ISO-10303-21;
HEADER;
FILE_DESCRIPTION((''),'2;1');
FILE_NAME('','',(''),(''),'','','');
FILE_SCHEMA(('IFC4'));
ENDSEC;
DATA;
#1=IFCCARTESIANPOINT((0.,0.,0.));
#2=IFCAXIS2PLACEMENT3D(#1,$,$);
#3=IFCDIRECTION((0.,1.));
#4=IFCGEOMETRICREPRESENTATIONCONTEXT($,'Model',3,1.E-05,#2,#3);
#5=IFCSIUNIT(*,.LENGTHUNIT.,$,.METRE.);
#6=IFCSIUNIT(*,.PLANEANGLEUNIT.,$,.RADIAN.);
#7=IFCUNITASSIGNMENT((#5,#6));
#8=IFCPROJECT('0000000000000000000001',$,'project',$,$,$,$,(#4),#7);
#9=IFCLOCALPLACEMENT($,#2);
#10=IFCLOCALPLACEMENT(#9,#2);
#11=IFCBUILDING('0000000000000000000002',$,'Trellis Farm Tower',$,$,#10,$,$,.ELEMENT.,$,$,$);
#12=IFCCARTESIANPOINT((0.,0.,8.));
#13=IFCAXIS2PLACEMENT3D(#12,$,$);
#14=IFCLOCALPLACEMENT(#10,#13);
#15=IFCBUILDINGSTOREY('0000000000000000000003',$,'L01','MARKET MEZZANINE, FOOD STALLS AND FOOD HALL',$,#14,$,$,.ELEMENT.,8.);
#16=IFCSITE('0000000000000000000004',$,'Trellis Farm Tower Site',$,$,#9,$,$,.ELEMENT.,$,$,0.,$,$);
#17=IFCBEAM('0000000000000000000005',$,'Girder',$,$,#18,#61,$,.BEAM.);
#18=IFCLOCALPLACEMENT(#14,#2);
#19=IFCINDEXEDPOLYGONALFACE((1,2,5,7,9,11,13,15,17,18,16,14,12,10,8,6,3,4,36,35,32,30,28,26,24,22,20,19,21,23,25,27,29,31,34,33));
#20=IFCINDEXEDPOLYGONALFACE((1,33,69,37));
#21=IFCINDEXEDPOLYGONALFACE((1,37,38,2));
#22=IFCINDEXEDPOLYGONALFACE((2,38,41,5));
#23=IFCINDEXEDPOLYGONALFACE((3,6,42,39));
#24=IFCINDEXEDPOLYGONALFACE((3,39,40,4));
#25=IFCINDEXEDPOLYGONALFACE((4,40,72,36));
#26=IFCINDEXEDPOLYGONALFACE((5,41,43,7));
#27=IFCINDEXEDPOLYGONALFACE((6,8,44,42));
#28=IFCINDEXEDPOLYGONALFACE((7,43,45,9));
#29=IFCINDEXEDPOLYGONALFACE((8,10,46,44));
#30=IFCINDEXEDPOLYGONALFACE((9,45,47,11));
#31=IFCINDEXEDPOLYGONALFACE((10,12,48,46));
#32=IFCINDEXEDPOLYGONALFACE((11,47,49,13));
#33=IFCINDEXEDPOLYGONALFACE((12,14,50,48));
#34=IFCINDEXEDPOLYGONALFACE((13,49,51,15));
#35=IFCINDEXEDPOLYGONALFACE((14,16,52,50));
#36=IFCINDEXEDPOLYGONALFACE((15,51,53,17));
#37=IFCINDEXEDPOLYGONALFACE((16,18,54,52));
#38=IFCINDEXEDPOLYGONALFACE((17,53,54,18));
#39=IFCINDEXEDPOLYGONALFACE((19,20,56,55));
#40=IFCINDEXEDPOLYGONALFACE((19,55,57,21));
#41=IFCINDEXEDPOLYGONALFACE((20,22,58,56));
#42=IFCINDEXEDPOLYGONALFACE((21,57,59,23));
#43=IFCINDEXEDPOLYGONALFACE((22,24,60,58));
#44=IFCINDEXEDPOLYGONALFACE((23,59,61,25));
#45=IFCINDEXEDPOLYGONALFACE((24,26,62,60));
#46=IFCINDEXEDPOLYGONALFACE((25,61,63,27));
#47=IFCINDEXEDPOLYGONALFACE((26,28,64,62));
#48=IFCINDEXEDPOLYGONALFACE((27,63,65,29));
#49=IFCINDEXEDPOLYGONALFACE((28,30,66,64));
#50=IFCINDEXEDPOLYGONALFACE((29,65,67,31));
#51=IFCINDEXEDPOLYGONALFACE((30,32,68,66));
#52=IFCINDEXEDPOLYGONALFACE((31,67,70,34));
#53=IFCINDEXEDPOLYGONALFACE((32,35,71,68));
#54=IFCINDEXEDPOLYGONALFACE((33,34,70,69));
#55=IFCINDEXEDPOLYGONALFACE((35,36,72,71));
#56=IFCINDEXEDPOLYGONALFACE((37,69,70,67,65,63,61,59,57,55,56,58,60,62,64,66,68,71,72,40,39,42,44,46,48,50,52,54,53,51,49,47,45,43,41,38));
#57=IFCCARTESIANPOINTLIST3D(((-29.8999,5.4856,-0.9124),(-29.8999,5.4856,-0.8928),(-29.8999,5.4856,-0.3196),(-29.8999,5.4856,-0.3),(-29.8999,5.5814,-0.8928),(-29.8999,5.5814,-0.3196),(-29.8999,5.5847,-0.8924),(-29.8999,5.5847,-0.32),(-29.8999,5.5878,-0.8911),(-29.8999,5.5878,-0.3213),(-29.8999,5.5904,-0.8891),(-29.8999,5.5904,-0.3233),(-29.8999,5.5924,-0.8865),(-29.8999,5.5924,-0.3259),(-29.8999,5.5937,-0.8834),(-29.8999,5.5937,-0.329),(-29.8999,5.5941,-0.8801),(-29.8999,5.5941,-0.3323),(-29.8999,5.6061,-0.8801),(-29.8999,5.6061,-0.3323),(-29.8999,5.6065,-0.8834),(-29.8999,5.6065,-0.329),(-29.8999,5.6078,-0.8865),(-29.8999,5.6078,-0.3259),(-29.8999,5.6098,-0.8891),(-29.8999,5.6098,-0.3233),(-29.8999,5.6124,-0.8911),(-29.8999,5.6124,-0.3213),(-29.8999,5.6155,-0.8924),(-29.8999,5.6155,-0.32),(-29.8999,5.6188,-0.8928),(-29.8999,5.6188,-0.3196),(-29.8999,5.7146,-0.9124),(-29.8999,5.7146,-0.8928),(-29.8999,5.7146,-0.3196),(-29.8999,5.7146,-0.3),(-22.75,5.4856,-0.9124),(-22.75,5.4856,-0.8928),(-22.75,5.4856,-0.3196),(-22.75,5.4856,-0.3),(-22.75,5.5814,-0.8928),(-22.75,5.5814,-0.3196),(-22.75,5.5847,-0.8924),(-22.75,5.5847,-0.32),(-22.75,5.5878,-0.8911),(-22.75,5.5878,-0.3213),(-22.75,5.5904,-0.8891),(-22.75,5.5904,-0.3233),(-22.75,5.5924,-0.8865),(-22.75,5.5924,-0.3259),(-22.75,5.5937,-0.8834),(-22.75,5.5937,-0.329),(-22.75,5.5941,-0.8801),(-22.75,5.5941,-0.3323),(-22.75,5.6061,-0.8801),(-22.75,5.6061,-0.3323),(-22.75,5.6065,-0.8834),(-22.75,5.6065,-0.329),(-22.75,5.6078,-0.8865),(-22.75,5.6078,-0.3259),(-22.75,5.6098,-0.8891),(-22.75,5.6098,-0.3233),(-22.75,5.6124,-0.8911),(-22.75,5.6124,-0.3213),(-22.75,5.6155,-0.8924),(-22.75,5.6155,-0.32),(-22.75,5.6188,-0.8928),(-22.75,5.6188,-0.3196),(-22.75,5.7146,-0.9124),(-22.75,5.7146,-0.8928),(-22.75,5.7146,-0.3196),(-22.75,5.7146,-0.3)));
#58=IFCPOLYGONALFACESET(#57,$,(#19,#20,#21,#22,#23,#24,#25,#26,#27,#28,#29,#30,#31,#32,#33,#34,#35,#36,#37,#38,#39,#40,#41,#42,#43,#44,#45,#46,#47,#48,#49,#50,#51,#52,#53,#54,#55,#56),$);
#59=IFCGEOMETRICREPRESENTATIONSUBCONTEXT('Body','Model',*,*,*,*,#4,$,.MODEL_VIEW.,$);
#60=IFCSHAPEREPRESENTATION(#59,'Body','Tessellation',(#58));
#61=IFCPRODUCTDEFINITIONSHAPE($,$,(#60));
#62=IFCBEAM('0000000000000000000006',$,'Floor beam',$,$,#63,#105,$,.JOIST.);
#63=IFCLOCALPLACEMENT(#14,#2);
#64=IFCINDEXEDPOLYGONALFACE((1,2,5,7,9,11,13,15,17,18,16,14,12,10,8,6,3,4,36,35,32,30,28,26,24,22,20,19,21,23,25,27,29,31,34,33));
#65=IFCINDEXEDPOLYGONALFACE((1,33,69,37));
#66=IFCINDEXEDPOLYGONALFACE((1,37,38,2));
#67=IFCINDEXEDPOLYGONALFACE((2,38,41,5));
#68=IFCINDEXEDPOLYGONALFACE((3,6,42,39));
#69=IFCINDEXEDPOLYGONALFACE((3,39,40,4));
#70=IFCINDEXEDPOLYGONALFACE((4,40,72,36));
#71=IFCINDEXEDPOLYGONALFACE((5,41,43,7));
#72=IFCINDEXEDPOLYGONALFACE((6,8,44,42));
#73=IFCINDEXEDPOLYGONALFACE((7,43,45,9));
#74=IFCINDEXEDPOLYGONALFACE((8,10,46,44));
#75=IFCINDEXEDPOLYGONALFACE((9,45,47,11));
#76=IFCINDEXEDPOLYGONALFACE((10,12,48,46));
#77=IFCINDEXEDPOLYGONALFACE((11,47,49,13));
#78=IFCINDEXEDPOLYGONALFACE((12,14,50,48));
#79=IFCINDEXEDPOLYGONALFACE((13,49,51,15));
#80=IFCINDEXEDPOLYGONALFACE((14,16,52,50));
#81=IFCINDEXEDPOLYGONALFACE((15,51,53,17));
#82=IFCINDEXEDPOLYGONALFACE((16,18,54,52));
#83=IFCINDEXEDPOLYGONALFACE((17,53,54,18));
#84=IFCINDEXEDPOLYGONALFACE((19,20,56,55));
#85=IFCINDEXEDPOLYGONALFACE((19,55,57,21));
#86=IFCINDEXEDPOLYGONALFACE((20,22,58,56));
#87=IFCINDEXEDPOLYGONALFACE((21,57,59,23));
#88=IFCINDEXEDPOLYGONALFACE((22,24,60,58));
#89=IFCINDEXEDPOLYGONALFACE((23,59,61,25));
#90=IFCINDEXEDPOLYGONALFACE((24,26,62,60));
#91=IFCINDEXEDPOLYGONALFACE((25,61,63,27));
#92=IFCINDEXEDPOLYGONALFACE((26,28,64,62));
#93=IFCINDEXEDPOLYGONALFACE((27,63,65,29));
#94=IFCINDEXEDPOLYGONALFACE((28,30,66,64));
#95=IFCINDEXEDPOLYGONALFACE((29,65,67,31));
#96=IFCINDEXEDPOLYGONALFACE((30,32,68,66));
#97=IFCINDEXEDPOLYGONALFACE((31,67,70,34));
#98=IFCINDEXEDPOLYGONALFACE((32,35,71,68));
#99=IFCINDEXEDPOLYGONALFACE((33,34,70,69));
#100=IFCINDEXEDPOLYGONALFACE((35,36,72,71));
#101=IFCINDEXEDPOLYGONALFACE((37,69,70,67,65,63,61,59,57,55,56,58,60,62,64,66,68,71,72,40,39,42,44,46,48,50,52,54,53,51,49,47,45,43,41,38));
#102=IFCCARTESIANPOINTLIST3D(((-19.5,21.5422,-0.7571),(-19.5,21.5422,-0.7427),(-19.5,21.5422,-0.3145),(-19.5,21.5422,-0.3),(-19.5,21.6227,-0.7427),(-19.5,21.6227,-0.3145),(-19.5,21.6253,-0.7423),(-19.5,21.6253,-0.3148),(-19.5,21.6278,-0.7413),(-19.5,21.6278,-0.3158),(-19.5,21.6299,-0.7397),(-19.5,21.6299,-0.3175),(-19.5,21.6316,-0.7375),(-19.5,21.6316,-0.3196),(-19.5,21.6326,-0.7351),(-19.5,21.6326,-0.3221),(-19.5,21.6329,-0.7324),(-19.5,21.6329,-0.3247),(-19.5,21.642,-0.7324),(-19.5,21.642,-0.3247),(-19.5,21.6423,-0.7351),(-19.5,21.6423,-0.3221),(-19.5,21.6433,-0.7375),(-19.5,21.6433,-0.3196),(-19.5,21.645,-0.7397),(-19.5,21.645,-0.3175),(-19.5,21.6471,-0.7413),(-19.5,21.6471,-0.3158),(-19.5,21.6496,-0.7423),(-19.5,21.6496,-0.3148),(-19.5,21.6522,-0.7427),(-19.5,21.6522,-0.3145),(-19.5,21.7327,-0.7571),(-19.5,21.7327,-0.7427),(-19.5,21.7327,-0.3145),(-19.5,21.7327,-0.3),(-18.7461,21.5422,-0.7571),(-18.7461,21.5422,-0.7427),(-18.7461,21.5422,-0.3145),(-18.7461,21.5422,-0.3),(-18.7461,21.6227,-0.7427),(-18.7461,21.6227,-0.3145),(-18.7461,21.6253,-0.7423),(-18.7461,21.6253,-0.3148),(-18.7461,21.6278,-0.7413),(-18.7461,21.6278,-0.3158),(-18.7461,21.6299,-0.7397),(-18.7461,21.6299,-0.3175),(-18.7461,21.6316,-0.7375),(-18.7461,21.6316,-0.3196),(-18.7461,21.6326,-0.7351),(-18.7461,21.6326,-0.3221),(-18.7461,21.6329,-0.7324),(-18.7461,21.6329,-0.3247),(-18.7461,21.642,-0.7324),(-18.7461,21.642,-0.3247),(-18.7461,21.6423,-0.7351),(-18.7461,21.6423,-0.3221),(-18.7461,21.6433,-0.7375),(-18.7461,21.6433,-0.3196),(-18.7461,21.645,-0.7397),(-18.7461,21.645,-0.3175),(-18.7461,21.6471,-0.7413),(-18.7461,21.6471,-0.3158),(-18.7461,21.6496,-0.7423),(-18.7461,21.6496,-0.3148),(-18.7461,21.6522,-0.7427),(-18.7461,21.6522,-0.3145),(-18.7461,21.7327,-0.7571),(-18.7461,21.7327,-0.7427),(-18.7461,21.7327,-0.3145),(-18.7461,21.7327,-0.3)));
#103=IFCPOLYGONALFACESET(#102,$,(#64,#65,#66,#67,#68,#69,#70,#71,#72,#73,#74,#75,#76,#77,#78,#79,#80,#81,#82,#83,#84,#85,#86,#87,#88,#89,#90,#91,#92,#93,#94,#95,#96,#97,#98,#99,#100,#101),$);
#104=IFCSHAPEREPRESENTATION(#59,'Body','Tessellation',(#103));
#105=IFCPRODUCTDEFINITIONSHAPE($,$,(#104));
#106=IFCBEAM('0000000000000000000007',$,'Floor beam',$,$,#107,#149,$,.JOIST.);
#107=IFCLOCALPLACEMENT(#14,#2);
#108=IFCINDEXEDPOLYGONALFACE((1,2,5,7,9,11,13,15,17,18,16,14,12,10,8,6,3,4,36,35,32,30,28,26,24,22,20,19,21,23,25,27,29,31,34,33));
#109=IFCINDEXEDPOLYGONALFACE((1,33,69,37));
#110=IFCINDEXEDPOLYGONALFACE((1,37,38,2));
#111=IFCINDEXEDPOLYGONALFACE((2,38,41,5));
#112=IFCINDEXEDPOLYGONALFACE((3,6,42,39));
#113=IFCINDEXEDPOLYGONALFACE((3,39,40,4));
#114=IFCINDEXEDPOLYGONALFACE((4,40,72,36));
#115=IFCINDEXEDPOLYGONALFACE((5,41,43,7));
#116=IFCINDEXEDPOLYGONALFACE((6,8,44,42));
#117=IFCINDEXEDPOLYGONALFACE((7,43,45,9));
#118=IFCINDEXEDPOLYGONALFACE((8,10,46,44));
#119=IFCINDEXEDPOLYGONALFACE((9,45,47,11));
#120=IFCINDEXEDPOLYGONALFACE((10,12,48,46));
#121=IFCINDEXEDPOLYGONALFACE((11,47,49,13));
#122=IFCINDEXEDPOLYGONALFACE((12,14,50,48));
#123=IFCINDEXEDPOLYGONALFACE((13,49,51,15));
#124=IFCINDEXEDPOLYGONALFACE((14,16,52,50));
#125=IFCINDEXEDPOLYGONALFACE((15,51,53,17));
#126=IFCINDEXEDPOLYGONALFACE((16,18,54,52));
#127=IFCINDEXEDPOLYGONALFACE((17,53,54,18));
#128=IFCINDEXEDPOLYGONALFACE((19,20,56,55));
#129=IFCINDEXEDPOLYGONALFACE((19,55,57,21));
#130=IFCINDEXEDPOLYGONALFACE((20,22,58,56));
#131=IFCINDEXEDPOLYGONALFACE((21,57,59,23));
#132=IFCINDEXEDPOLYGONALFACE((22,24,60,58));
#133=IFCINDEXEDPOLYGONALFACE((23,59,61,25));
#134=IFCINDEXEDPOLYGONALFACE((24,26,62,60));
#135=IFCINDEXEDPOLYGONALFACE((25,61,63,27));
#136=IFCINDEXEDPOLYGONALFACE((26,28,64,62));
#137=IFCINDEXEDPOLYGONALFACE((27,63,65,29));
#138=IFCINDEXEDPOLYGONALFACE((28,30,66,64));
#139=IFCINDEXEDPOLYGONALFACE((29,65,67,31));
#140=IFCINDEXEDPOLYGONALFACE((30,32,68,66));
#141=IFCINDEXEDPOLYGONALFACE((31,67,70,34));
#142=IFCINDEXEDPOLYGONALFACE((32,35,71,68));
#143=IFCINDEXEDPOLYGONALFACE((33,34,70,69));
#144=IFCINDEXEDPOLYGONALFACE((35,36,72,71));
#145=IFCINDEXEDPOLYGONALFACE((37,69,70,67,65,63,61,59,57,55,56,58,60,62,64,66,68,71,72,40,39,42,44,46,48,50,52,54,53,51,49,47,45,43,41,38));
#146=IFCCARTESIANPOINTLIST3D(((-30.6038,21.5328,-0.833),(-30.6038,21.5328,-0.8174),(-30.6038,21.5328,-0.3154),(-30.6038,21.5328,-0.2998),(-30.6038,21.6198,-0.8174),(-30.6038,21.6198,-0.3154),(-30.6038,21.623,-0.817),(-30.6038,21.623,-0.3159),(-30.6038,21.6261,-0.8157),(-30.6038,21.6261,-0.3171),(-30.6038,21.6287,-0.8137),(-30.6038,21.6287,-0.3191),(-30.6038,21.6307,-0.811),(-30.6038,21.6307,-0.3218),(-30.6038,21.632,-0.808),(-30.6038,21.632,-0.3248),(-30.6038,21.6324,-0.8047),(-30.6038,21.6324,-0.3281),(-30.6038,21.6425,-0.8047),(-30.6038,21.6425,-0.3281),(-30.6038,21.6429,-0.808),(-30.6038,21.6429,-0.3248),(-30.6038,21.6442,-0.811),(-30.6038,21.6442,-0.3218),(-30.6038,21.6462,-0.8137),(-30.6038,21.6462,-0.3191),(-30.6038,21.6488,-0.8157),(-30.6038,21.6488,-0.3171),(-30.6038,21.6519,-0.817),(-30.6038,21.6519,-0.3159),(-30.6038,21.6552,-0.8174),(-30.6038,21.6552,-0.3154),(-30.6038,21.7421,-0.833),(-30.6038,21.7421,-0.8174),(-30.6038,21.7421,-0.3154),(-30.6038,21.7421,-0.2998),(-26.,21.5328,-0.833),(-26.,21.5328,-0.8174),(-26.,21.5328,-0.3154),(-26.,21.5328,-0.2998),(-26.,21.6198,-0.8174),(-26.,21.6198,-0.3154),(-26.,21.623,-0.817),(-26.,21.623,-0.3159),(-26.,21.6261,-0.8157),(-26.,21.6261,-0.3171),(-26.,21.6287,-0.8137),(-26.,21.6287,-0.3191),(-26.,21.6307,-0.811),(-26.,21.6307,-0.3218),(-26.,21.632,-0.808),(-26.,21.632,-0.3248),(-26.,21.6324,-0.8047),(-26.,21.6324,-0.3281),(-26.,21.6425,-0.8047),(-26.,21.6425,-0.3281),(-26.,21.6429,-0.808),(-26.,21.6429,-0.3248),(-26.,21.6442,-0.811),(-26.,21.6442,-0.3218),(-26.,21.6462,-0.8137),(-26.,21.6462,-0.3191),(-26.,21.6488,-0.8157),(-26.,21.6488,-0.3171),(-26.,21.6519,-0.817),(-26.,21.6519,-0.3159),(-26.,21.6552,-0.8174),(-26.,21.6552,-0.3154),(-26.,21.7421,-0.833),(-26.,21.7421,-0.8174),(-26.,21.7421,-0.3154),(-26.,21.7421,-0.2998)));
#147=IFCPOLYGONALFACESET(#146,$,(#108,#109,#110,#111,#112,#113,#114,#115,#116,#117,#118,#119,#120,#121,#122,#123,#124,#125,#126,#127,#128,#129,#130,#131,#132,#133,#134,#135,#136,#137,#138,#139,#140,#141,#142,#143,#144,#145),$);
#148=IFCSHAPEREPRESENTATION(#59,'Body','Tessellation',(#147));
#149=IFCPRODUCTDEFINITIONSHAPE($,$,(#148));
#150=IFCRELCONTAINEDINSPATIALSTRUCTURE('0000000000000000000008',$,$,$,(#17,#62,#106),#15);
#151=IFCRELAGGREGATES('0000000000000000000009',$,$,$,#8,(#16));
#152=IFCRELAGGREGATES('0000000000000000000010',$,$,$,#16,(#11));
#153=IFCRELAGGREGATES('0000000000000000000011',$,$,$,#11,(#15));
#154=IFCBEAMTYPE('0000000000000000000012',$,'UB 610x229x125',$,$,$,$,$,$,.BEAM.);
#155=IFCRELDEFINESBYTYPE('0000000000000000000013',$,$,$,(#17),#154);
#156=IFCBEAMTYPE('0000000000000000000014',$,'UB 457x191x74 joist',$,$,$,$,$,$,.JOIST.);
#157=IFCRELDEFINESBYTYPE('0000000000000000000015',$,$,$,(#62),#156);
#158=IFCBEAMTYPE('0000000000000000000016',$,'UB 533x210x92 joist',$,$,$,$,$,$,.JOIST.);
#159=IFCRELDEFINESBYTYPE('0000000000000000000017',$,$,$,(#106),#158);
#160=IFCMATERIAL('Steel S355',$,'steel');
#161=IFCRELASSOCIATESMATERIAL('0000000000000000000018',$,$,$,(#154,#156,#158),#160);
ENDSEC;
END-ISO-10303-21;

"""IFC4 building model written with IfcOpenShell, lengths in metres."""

from ifc_helpers import new_model, si_unit, direction, frame, origin, origin_2d, place, context, subcontext, project, spatial, i_section, extrude, source, transform, mapped, material, material_profile, profile_set, type_object, element, save


model = new_model("IFC4")

# Units and contexts
model_context = context("Model", 3, precision=1e-05, world=origin(), true_north=direction((0.0, 1.0)))
body_context = subcontext(model_context, "Body", "Model", "MODEL_VIEW")
ifc_project = project(units=[si_unit("LENGTHUNIT", "METRE"), si_unit("PLANEANGLEUNIT", "RADIAN")], contexts=[model_context])

# Site, building, storey
site_placement = place(None, origin())
site = spatial("IfcSite", under=ifc_project, at=site_placement, Name="Trellis Farm Tower Site", CompositionType="ELEMENT", RefElevation=0.0)
building_placement = place(site_placement, origin())
building = spatial("IfcBuilding", under=site, at=building_placement, Name="Trellis Farm Tower", CompositionType="ELEMENT")
storey_placement = place(building_placement, frame((0.0, 0.0, 8.0)))
storey = spatial("IfcBuildingStorey", under=building, at=storey_placement, Name="L01", Description="MARKET MEZZANINE, FOOD STALLS AND FOOD HALL", CompositionType="ELEMENT", Elevation=8.0)

# Beams
ifc_material_1 = material(Name="Steel S355", Category="steel")
ifc_material_profile_1 = material_profile(ifc_material_1, i_section(OverallWidth=0.229, OverallDepth=0.6123, WebThickness=0.012, FlangeThickness=0.0195, FilletRadius=0.0127, at=origin_2d()), Name="UB 610x229x125")
ifc_profile_set_1 = profile_set([ifc_material_profile_1], Name="Steel S355")
beam_type_1 = type_object("IfcBeamType", Name="UB 610x229x125", PredefinedType="BEAM", material=ifc_profile_set_1)
shared_shape_1 = source(origin(), body_context, "Body", "SweptSolid", [
    extrude(i_section(OverallWidth=0.229, OverallDepth=0.6123, WebThickness=0.012, FlangeThickness=0.0195, FilletRadius=0.0127, at=origin_2d()), origin(), (0.0, 0.0, 1.0), 7.1499),
])
beam_1_placement = place(storey_placement, frame((-29.8999, 5.6001, -0.6062), z_axis=(1.0, 0.0, 0.0), x_axis=(0.0, 1.0, 0.0)))
element("IfcBeam", 1, at=beam_1_placement, inside=storey, type_object=beam_type_1, Name="Girder", PredefinedType="BEAM", context=body_context, shape_type="MappedRepresentation", body=[
    mapped(shared_shape_1, transform((0.0, 0.0, 0.0))),
])
ifc_material_profile_2 = material_profile(ifc_material_1, i_section(OverallWidth=0.1904, OverallDepth=0.457, WebThickness=0.009, FlangeThickness=0.0144, FilletRadius=0.0103, at=origin_2d()), Name="UB 457x191x74")
ifc_profile_set_2 = profile_set([ifc_material_profile_2], Name="Steel S355")
beam_type_2 = type_object("IfcBeamType", Name="UB 457x191x74 joist", PredefinedType="JOIST", material=ifc_profile_set_2)
shared_shape_2 = source(origin(), body_context, "Body", "SweptSolid", [
    extrude(i_section(OverallWidth=0.1904, OverallDepth=0.457, WebThickness=0.009, FlangeThickness=0.0144, FilletRadius=0.0103, at=origin_2d()), origin(), (0.0, 0.0, 1.0), 0.7539),
])
beam_2_placement = place(storey_placement, frame((-19.5, 21.6375, -0.5286), z_axis=(1.0, 0.0, 0.0), x_axis=(0.0, 1.0, 0.0)))
element("IfcBeam", 2, at=beam_2_placement, inside=storey, type_object=beam_type_2, Name="Floor beam", PredefinedType="JOIST", context=body_context, shape_type="MappedRepresentation", body=[
    mapped(shared_shape_2, transform((0.0, 0.0, 0.0))),
])
ifc_material_profile_3 = material_profile(ifc_material_1, i_section(OverallWidth=0.2092, OverallDepth=0.5332, WebThickness=0.01, FlangeThickness=0.0156, FilletRadius=0.0127, at=origin_2d()), Name="UB 533x210x92")
ifc_profile_set_3 = profile_set([ifc_material_profile_3], Name="Steel S355")
beam_type_3 = type_object("IfcBeamType", Name="UB 533x210x92 joist", PredefinedType="JOIST", material=ifc_profile_set_3)
shared_shape_3 = source(origin(), body_context, "Body", "SweptSolid", [
    extrude(i_section(OverallWidth=0.2092, OverallDepth=0.5332, WebThickness=0.01, FlangeThickness=0.0156, FilletRadius=0.0127, at=origin_2d()), origin(), (0.0, 0.0, 1.0), 4.6038),
])
beam_3_placement = place(storey_placement, frame((-30.6038, 21.6375, -0.5664), z_axis=(1.0, 0.0, 0.0), x_axis=(0.0, 1.0, 0.0)))
element("IfcBeam", 3, at=beam_3_placement, inside=storey, type_object=beam_type_3, Name="Floor beam", PredefinedType="JOIST", context=body_context, shape_type="MappedRepresentation", body=[
    mapped(shared_shape_3, transform((0.0, 0.0, 0.0))),
])

save(model, "model.ifc")
